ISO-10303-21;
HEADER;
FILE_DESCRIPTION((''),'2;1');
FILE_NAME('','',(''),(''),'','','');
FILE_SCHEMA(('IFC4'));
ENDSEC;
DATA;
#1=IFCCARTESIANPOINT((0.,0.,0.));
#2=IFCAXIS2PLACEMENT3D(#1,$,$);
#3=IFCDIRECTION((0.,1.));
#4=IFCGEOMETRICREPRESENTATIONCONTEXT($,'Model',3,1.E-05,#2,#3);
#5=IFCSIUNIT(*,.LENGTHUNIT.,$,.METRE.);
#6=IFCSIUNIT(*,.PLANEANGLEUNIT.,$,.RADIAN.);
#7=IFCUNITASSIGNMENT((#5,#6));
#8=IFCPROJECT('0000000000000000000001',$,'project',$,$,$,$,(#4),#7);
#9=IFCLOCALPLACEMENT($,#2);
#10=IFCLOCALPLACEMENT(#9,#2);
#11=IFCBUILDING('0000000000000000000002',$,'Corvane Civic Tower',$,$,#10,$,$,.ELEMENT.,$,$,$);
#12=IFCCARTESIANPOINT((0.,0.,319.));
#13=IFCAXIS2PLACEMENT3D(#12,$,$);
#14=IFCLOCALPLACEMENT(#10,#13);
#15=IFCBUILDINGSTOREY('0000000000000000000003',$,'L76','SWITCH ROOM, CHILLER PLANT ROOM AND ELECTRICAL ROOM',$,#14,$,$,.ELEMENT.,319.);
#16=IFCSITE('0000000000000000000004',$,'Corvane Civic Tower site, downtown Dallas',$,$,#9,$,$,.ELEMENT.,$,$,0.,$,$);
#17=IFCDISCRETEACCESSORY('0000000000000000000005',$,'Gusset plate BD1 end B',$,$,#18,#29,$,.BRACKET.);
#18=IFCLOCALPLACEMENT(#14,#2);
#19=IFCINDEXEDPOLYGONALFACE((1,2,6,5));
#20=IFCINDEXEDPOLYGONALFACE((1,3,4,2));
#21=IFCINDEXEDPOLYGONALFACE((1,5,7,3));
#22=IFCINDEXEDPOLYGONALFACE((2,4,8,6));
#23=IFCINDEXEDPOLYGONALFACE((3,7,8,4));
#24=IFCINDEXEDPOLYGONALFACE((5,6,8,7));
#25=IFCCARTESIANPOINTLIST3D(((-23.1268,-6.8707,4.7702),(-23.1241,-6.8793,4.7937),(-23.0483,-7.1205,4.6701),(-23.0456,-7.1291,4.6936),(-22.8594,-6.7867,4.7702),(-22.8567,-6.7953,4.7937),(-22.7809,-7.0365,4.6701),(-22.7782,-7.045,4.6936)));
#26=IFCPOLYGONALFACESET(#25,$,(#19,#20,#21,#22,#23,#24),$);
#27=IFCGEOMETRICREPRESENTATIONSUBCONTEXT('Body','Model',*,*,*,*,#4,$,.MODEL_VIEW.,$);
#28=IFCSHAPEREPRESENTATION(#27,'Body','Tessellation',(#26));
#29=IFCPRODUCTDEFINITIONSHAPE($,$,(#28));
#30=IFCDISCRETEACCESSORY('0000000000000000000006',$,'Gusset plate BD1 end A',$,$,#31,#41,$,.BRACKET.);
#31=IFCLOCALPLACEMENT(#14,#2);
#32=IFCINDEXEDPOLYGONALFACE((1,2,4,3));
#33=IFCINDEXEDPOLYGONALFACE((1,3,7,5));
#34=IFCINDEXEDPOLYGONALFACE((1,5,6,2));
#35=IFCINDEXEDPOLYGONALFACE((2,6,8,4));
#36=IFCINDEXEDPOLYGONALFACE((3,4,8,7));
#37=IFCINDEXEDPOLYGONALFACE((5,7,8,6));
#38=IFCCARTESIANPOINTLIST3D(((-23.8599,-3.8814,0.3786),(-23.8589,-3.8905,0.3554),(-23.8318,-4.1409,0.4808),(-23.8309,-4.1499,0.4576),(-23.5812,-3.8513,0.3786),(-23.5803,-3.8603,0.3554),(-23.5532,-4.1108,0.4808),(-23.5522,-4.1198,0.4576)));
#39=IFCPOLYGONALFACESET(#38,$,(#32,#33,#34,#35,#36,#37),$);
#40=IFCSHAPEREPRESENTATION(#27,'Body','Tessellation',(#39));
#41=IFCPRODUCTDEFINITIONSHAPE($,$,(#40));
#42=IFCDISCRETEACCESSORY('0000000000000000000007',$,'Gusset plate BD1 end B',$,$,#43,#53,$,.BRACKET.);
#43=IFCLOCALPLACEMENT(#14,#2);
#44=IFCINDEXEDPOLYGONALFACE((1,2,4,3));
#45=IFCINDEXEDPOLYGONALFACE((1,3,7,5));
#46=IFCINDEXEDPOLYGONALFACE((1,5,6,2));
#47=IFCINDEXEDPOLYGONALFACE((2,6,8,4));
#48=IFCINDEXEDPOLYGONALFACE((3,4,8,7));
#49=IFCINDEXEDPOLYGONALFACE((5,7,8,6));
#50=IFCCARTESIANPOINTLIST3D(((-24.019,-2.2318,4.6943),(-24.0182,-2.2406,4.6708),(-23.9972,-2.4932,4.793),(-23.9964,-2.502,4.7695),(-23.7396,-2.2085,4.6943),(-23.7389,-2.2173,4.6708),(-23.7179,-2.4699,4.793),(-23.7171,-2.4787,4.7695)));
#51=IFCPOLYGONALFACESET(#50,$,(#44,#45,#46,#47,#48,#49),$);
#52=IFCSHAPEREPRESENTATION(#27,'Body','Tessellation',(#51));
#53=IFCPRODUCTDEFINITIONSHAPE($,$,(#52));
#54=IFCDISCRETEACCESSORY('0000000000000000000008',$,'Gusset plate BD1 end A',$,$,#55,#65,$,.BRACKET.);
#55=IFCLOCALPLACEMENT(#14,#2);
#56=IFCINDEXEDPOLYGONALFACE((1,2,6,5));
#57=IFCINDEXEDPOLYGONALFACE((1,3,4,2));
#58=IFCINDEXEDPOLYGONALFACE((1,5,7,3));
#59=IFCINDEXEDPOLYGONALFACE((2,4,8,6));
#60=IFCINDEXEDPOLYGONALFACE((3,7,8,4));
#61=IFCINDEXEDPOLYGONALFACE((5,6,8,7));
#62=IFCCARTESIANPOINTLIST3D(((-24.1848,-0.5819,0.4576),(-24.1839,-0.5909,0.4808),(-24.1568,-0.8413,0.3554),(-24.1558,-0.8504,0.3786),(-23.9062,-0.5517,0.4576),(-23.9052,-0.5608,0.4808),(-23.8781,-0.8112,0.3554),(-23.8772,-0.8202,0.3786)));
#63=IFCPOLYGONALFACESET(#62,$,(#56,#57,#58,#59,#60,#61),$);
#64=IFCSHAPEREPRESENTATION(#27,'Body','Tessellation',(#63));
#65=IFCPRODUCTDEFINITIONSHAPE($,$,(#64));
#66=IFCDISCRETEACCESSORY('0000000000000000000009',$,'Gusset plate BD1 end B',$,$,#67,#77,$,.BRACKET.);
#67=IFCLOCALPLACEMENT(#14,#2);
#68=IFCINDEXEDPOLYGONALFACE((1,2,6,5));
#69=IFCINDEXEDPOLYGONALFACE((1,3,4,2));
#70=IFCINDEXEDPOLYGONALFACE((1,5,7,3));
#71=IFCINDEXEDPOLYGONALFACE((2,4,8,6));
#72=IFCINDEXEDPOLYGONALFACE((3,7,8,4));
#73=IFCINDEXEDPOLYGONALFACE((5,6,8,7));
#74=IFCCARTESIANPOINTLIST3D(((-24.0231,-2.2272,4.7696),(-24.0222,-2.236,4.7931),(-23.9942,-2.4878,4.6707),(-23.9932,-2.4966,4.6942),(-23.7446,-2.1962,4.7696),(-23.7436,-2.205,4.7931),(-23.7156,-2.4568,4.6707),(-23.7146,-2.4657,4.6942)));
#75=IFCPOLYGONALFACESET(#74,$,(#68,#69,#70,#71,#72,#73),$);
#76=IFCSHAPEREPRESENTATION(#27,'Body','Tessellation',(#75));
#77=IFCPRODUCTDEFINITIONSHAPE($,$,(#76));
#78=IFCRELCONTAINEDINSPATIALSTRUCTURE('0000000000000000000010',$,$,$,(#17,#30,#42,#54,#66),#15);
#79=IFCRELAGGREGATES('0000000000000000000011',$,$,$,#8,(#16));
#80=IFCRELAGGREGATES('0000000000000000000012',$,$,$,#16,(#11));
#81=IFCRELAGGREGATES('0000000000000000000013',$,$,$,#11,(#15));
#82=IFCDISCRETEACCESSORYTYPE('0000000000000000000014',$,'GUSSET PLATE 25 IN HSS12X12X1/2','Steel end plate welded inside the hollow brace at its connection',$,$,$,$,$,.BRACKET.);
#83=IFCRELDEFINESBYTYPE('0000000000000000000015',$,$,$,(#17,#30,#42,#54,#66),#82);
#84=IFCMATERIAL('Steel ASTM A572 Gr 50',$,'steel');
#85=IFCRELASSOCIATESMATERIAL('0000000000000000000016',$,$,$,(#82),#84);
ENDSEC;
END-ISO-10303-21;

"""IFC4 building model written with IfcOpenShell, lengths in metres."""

from ifc_helpers import new_model, si_unit, direction, frame, origin, origin_2d, place, context, subcontext, project, spatial, rectangle, extrude, material, material_profile, profile_set, type_object, element, save


model = new_model("IFC4")

# Units and contexts
model_context = context("Model", 3, precision=1e-05, world=origin(), true_north=direction((0.0, 1.0)))
body_context = subcontext(model_context, "Body", "Model", "MODEL_VIEW")
ifc_project = project(units=[si_unit("LENGTHUNIT", "METRE"), si_unit("PLANEANGLEUNIT", "RADIAN")], contexts=[model_context])

# Site, building, storey
site_placement = place(None, origin())
site = spatial("IfcSite", under=ifc_project, at=site_placement, Name="Corvane Civic Tower site, downtown Dallas", CompositionType="ELEMENT", RefElevation=0.0)
building_placement = place(site_placement, origin())
building = spatial("IfcBuilding", under=site, at=building_placement, Name="Corvane Civic Tower", CompositionType="ELEMENT")
storey_placement = place(building_placement, frame((0.0, 0.0, 319.0)))
storey = spatial("IfcBuildingStorey", under=building, at=storey_placement, Name="L76", Description="SWITCH ROOM, CHILLER PLANT ROOM AND ELECTRICAL ROOM", CompositionType="ELEMENT", Elevation=319.0)

# Discrete accessories
ifc_material_1 = material(Name="Steel ASTM A572 Gr 50", Category="steel")
ifc_material_profile_1 = material_profile(ifc_material_1, rectangle(XDim=0.2803, YDim=0.2803, at=origin_2d()), Name="GUSSET PLATE 25 IN HSS12X12X1/2")
ifc_profile_set_1 = profile_set([ifc_material_profile_1], Name="Steel ASTM A572 Gr 50")
discrete_accessory_type = type_object("IfcDiscreteAccessoryType", Name="GUSSET PLATE 25 IN HSS12X12X1/2", Description="Steel end plate welded inside the hollow brace at its connection", PredefinedType="BRACKET", material=ifc_profile_set_1)
discrete_accessory_1_placement = place(storey_placement, frame((-22.9512, -6.9622, 4.7437), z_axis=(-0.107033, 0.340561, -0.93411), x_axis=(-0.953994, -0.299827, 0.0)))
element("IfcDiscreteAccessory", 1, at=discrete_accessory_1_placement, inside=storey, type_object=discrete_accessory_type, Name="Gusset plate BD1 end B", PredefinedType="BRACKET", context=body_context, shape_type="SweptSolid", body=[
    extrude(rectangle(XDim=0.2803, YDim=0.2803, at=origin_2d()), origin(), (0.0, 0.0, 1.0), 0.0251),
])
discrete_accessory_2_placement = place(storey_placement, frame((-23.7056, -4.0051, 0.4065), z_axis=(-0.039204, 0.362641, 0.931104), x_axis=(-0.994207, -0.107482, 0.0)))
element("IfcDiscreteAccessory", 2, at=discrete_accessory_2_placement, inside=storey, type_object=discrete_accessory_type, Name="Gusset plate BD1 end A", PredefinedType="BRACKET", context=body_context, shape_type="SweptSolid", body=[
    extrude(rectangle(XDim=0.2803, YDim=0.2803, at=origin_2d()), origin(), (0.0, 0.0, 1.0), 0.0249),
])
discrete_accessory_3_placement = place(storey_placement, frame((-23.8684, -2.3508, 4.7437), z_axis=(0.029248, -0.350973, -0.935929), x_axis=(0.996546, 0.083045, 0.0)))
element("IfcDiscreteAccessory", 3, at=discrete_accessory_3_placement, inside=storey, type_object=discrete_accessory_type, Name="Gusset plate BD1 end B", PredefinedType="BRACKET", context=body_context, shape_type="SweptSolid", body=[
    extrude(rectangle(XDim=0.2803, YDim=0.2803, at=origin_2d()), origin(), (0.0, 0.0, 1.0), 0.0251),
])
discrete_accessory_4_placement = place(storey_placement, frame((-24.0315, -0.6965, 0.4065), z_axis=(0.039204, -0.362641, 0.931104), x_axis=(0.994207, 0.107482, 0.0)))
element("IfcDiscreteAccessory", 4, at=discrete_accessory_4_placement, inside=storey, type_object=discrete_accessory_type, Name="Gusset plate BD1 end A", PredefinedType="BRACKET", context=body_context, shape_type="SweptSolid", body=[
    extrude(rectangle(XDim=0.2803, YDim=0.2803, at=origin_2d()), origin(), (0.0, 0.0, 1.0), 0.0249),
])
discrete_accessory_5_placement = place(storey_placement, frame((-23.8684, -2.3508, 4.7437), z_axis=(-0.038984, 0.350857, -0.935617), x_axis=(-0.993884, -0.110432, 0.0)))
element("IfcDiscreteAccessory", 5, at=discrete_accessory_5_placement, inside=storey, type_object=discrete_accessory_type, Name="Gusset plate BD1 end B", PredefinedType="BRACKET", context=body_context, shape_type="SweptSolid", body=[
    extrude(rectangle(XDim=0.2803, YDim=0.2803, at=origin_2d()), origin(), (0.0, 0.0, 1.0), 0.0251),
])

save(model, "model.ifc")
